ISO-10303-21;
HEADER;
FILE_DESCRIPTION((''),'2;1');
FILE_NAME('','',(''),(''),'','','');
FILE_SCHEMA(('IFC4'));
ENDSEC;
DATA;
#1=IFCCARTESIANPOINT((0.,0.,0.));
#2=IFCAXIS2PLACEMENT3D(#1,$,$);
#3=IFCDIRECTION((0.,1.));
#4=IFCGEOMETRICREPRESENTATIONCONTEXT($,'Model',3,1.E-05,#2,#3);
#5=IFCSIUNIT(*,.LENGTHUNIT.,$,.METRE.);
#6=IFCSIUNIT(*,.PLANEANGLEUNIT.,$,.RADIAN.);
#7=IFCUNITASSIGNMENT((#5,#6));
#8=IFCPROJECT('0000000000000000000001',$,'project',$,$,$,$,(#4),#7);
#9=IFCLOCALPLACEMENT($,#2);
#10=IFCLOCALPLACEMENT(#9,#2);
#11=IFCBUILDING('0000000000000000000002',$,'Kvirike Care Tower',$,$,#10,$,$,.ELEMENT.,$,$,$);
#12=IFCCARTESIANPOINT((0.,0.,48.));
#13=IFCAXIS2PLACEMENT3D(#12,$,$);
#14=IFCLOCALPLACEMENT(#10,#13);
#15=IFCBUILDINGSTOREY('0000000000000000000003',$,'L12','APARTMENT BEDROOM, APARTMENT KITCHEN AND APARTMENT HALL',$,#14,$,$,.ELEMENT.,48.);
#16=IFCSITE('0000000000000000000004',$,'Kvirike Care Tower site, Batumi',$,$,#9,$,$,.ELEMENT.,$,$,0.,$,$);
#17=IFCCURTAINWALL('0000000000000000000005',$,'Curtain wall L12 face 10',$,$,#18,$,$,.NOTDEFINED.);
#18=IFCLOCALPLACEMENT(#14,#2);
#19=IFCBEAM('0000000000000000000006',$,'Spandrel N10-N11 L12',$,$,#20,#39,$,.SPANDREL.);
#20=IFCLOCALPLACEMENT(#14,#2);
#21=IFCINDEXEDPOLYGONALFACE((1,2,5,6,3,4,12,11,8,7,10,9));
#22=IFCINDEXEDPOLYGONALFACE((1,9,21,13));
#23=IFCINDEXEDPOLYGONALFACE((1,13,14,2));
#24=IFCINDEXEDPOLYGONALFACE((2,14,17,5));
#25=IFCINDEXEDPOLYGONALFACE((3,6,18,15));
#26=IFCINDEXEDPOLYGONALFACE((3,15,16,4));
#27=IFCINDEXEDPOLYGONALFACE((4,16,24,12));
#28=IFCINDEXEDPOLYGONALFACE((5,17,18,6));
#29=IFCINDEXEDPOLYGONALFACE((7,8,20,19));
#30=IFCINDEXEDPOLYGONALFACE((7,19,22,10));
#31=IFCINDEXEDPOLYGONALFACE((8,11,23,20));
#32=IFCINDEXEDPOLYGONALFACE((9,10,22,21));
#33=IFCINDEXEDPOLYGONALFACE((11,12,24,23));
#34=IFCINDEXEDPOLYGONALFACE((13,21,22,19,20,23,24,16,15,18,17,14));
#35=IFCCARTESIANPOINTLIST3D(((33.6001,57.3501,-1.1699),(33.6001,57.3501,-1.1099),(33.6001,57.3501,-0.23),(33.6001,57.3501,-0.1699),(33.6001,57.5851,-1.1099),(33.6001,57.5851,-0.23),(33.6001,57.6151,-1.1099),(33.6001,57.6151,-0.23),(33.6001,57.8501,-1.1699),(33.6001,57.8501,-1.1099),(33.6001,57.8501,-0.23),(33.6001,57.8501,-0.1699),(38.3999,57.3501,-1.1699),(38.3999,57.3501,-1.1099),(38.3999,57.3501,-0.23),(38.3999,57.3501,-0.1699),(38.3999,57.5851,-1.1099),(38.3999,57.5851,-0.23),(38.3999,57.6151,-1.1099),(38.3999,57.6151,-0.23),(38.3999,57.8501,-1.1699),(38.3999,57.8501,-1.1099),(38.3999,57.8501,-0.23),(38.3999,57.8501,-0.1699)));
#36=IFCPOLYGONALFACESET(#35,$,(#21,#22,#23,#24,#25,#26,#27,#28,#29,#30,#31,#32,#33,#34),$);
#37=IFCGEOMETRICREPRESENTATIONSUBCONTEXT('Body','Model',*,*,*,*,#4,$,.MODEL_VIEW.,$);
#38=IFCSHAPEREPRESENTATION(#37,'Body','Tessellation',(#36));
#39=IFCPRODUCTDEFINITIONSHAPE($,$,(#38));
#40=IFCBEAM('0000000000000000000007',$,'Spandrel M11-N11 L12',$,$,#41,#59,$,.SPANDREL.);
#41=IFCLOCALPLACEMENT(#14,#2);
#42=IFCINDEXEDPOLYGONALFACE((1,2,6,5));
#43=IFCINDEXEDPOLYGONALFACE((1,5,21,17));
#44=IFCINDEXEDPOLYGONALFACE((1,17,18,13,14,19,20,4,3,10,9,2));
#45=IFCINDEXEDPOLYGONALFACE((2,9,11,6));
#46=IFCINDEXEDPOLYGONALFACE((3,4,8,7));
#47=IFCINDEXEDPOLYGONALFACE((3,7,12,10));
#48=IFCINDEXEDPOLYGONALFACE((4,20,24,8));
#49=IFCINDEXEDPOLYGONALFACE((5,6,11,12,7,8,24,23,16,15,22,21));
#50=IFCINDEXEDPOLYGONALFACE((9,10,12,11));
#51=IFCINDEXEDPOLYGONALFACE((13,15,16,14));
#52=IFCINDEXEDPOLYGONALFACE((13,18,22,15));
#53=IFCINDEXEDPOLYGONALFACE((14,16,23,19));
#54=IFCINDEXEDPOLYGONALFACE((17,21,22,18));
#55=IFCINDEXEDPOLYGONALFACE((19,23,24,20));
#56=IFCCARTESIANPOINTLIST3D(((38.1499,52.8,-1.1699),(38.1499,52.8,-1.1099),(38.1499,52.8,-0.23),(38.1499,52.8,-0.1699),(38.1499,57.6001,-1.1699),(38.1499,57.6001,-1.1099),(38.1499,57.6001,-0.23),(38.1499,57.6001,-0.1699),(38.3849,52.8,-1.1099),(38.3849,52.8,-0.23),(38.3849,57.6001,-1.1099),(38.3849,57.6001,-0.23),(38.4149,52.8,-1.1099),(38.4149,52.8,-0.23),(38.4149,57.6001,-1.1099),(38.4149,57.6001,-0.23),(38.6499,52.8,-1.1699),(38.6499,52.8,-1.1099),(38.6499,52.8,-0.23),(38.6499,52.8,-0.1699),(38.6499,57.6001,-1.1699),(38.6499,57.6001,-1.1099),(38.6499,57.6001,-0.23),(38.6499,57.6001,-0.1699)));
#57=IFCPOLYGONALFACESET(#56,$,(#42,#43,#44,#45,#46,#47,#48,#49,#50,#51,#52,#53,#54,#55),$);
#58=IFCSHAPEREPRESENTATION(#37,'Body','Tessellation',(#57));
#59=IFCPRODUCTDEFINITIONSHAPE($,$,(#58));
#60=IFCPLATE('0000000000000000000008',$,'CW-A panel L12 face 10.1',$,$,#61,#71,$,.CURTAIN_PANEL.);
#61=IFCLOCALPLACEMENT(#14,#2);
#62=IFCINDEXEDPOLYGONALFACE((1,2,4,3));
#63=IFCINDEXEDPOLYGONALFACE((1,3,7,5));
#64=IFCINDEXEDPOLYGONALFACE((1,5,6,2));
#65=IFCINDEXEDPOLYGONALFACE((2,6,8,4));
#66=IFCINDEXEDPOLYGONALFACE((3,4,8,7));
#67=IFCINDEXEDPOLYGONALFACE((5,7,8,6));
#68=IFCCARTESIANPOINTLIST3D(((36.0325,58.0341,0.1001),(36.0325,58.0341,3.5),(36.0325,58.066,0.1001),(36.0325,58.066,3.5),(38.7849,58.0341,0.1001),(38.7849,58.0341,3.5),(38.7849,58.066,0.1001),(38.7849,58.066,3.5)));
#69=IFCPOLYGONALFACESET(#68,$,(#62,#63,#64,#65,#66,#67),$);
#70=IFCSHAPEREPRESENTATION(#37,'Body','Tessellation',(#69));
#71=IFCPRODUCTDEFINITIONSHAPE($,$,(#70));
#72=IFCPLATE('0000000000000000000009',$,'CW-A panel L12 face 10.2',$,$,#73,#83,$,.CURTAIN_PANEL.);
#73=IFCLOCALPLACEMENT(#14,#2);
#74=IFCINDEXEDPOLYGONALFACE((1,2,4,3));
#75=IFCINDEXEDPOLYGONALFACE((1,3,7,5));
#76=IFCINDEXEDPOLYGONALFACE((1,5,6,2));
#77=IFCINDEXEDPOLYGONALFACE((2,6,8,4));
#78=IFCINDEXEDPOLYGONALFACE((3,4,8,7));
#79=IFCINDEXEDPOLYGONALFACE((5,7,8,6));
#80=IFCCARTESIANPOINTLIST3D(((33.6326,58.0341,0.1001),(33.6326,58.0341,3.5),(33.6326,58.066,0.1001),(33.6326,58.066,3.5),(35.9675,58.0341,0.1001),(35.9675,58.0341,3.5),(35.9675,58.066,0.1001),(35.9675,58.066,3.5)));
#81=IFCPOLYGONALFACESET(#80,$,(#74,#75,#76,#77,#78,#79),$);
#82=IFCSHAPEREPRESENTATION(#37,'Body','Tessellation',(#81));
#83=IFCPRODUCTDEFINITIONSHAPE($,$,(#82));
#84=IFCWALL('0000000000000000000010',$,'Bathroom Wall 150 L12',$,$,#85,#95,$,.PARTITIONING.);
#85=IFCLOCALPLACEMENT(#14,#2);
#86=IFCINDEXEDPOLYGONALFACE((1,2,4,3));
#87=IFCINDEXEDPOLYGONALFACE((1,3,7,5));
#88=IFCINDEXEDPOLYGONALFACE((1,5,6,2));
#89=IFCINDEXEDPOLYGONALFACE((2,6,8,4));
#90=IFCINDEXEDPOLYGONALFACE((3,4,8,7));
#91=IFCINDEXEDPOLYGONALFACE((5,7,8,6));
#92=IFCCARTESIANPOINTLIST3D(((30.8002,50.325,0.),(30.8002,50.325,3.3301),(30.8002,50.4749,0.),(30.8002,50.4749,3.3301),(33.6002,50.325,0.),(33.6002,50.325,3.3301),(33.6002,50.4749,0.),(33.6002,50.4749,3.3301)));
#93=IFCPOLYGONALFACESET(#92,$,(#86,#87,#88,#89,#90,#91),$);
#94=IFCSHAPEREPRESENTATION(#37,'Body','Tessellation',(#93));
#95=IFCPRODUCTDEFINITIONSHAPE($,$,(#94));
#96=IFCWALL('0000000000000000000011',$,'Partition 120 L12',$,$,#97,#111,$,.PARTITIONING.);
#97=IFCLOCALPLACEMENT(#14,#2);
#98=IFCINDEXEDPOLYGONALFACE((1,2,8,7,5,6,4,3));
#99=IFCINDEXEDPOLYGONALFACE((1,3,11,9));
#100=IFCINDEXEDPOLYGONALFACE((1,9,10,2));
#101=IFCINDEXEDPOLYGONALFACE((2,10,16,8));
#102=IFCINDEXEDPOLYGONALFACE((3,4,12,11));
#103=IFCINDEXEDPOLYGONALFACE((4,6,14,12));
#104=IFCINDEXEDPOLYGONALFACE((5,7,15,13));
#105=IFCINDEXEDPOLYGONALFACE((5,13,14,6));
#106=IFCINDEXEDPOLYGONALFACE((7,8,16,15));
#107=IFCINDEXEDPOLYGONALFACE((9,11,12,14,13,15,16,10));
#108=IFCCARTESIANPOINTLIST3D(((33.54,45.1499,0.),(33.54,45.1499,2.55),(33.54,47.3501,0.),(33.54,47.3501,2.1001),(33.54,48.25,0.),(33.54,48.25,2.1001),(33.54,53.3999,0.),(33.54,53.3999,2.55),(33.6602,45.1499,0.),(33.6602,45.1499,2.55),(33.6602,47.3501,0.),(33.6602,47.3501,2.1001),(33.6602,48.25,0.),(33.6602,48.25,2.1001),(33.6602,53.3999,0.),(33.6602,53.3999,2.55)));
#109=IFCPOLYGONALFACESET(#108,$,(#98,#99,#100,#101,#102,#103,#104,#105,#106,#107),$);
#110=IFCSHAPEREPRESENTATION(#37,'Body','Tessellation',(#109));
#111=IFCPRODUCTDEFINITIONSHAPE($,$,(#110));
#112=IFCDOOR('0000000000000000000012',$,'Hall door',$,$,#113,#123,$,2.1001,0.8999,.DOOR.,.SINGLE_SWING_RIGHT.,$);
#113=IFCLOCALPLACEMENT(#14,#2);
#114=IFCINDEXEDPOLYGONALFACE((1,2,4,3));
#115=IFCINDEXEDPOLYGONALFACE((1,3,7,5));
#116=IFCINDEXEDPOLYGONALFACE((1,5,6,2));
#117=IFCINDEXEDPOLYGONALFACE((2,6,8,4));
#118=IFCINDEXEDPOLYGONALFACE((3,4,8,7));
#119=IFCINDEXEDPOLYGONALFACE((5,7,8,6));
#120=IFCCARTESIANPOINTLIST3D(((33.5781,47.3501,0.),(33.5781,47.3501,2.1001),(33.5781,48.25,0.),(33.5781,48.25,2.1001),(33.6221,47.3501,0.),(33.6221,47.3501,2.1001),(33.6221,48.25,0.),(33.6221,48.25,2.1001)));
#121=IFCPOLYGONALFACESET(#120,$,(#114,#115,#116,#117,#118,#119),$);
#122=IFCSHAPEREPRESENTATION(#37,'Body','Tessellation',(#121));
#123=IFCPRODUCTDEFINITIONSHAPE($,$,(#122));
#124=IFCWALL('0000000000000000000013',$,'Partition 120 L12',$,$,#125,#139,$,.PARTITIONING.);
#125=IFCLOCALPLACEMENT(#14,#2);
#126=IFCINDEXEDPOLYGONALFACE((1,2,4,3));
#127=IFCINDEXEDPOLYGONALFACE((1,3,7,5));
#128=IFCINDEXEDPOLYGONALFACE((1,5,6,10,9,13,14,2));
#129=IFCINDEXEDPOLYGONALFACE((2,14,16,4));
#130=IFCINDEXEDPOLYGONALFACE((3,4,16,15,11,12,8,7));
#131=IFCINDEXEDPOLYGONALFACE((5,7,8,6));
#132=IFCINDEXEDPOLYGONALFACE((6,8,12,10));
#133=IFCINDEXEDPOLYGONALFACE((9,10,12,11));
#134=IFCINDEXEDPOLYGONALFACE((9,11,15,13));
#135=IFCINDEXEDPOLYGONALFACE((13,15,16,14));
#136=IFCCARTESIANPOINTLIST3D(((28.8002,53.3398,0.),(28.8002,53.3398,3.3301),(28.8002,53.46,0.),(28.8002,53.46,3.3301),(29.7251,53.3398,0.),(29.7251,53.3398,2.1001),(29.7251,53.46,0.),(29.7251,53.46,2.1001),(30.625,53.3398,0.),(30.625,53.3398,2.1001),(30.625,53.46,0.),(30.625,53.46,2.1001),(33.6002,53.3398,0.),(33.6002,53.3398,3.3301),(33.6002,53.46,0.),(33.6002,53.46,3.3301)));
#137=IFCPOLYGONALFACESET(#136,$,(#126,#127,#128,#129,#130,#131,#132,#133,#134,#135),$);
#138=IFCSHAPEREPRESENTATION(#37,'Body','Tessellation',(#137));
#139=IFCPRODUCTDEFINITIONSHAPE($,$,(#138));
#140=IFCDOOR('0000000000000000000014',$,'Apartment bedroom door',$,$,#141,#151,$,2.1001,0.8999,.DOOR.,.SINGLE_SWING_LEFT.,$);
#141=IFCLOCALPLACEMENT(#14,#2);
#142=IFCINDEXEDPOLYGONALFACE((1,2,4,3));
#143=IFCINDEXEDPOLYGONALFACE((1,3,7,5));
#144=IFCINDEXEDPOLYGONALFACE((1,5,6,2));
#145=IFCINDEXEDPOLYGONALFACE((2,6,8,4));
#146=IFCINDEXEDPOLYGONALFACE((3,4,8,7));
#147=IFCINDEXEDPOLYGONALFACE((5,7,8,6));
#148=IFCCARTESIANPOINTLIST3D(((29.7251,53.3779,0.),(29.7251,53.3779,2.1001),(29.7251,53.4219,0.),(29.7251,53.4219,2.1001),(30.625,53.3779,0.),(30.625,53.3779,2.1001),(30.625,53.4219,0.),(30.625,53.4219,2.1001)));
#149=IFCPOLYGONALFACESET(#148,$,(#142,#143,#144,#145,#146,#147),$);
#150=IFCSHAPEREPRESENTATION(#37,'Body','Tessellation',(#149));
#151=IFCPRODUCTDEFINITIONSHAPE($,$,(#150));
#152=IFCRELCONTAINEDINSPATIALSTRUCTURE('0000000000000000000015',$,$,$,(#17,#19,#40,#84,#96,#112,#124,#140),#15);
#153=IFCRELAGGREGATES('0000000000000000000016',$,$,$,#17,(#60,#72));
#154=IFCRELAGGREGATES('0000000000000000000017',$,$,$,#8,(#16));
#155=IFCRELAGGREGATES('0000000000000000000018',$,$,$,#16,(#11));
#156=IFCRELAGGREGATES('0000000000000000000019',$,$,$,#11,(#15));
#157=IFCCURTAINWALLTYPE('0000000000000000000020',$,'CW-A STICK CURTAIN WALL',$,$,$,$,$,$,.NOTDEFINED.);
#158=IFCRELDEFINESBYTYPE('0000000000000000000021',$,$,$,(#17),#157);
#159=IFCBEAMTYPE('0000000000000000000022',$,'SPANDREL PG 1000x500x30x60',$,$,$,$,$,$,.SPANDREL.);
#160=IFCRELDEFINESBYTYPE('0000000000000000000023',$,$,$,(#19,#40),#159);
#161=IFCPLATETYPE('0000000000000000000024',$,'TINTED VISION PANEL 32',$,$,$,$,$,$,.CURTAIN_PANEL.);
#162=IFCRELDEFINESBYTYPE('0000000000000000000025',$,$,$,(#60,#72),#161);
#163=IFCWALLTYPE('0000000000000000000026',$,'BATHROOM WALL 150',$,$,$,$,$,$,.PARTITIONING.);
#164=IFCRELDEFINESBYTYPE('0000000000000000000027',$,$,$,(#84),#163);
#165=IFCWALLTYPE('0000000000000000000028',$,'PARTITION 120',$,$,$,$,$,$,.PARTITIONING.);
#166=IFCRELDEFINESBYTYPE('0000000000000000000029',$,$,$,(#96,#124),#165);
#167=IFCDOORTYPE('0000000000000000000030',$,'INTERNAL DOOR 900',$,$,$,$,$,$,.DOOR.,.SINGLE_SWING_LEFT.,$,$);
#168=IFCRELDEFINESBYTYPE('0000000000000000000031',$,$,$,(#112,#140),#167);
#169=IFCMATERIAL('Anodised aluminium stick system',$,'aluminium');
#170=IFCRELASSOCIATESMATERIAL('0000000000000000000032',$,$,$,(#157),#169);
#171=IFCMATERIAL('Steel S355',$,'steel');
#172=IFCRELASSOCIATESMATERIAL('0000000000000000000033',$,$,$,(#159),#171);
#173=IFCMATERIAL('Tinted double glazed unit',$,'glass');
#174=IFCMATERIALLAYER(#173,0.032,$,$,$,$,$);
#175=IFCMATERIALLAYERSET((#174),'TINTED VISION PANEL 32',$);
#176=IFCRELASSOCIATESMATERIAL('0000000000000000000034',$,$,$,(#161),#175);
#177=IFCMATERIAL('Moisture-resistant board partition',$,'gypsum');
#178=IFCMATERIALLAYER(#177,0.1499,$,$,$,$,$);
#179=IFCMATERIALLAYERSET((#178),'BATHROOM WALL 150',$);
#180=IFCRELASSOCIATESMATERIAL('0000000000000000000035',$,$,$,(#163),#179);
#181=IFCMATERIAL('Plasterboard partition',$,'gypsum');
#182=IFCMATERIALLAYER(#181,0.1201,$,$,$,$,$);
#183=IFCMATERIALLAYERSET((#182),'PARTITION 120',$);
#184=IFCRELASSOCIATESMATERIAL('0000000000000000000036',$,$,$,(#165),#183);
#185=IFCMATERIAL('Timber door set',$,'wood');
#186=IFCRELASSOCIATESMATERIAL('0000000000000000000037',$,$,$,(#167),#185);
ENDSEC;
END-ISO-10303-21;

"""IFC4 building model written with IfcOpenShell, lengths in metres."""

from ifc_helpers import new_model, si_unit, direction, frame, frame_2d, origin, origin_2d, place, context, subcontext, project, spatial, rectangle, i_section, extrude, material, layer, layer_set, material_profile, profile_set, type_object, element, fill, aggregate, save


model = new_model("IFC4")

# Units and contexts
model_context = context("Model", 3, precision=1e-05, world=origin(), true_north=direction((0.0, 1.0)))
body_context = subcontext(model_context, "Body", "Model", "MODEL_VIEW")
ifc_project = project(units=[si_unit("LENGTHUNIT", "METRE"), si_unit("PLANEANGLEUNIT", "RADIAN")], contexts=[model_context])

# Site, building, storey
site_placement = place(None, origin())
site = spatial("IfcSite", under=ifc_project, at=site_placement, Name="Kvirike Care Tower site, Batumi", CompositionType="ELEMENT", RefElevation=0.0)
building_placement = place(site_placement, origin())
building = spatial("IfcBuilding", under=site, at=building_placement, Name="Kvirike Care Tower", CompositionType="ELEMENT")
storey_placement = place(building_placement, frame((0.0, 0.0, 48.0)))
storey = spatial("IfcBuildingStorey", under=building, at=storey_placement, Name="L12", Description="APARTMENT BEDROOM, APARTMENT KITCHEN AND APARTMENT HALL", CompositionType="ELEMENT", Elevation=48.0)

# Curtain wall
ifc_material_1 = material(Name="Anodised aluminium stick system", Category="aluminium")
curtain_wall_type = type_object("IfcCurtainWallType", Name="CW-A STICK CURTAIN WALL", PredefinedType="NOTDEFINED", material=ifc_material_1)
curtain_wall_placement = place(storey_placement, origin())
curtain_wall = element("IfcCurtainWall", 1, at=curtain_wall_placement, inside=storey, type_object=curtain_wall_type, Name="Curtain wall L12 face 10", PredefinedType="NOTDEFINED")

# Beams
ifc_material_2 = material(Name="Steel S355", Category="steel")
ifc_material_profile_1 = material_profile(ifc_material_2, i_section(OverallWidth=0.5, OverallDepth=1.0, WebThickness=0.03, FlangeThickness=0.0601, at=origin_2d()), Name="PG 1000x500x30x60")
ifc_profile_set_1 = profile_set([ifc_material_profile_1], Name="Steel S355")
beam_type = type_object("IfcBeamType", Name="SPANDREL PG 1000x500x30x60", PredefinedType="SPANDREL", material=ifc_profile_set_1)
beam_1_placement = place(storey_placement, frame((33.6001, 57.6001, -0.6699), z_axis=(1.0, 0.0, 0.0), x_axis=(0.0, 1.0, 0.0)))
element("IfcBeam", 2, at=beam_1_placement, inside=storey, type_object=beam_type, Name="Spandrel N10-N11 L12", PredefinedType="SPANDREL", context=body_context, shape_type="SweptSolid", body=[
    extrude(i_section(OverallWidth=0.5, OverallDepth=1.0, WebThickness=0.03, FlangeThickness=0.0601, at=origin_2d()), origin(), (0.0, 0.0, 1.0), 4.7998),
])
beam_2_placement = place(storey_placement, frame((38.3999, 52.8, -0.6699), z_axis=(0.0, 1.0, 0.0), x_axis=(-1.0, 0.0, 0.0)))
element("IfcBeam", 3, at=beam_2_placement, inside=storey, type_object=beam_type, Name="Spandrel M11-N11 L12", PredefinedType="SPANDREL", context=body_context, shape_type="SweptSolid", body=[
    extrude(i_section(OverallWidth=0.5, OverallDepth=1.0, WebThickness=0.03, FlangeThickness=0.0601, at=origin_2d()), origin(), (0.0, 0.0, 1.0), 4.8),
])

# Plates
ifc_material_3 = material(Name="Tinted double glazed unit", Category="glass")
ifc_layer_1 = layer(ifc_material_3, 0.032)
ifc_layer_set_1 = layer_set([ifc_layer_1], Name="TINTED VISION PANEL 32")
plate_type = type_object("IfcPlateType", Name="TINTED VISION PANEL 32", PredefinedType="CURTAIN_PANEL", material=ifc_layer_set_1)
plate_1_placement = place(storey_placement, frame((37.4087, 58.05, 0.1001), z_axis=(0.0, 0.0, 1.0), x_axis=(-1.0, 0.0, 0.0)))
plate_1 = element("IfcPlate", 4, at=plate_1_placement, type_object=plate_type, Name="CW-A panel L12 face 10.1", PredefinedType="CURTAIN_PANEL", context=body_context, shape_type="SweptSolid", body=[
    extrude(rectangle(XDim=2.7524, YDim=0.032, at=origin_2d()), origin(), (0.0, 0.0, 1.0), 3.3999),
])
plate_2_placement = place(storey_placement, frame((34.8, 58.05, 0.1001), z_axis=(0.0, 0.0, 1.0), x_axis=(-1.0, 0.0, 0.0)))
plate_2 = element("IfcPlate", 5, at=plate_2_placement, type_object=plate_type, Name="CW-A panel L12 face 10.2", PredefinedType="CURTAIN_PANEL", context=body_context, shape_type="SweptSolid", body=[
    extrude(rectangle(XDim=2.335, YDim=0.032, at=origin_2d()), origin(), (0.0, 0.0, 1.0), 3.3999),
])
aggregate(curtain_wall, [plate_1, plate_2])

# Wall
ifc_material_4 = material(Name="Moisture-resistant board partition", Category="gypsum")
ifc_layer_2 = layer(ifc_material_4, 0.1499)
ifc_layer_set_2 = layer_set([ifc_layer_2], Name="BATHROOM WALL 150")
wall_type_1 = type_object("IfcWallType", Name="BATHROOM WALL 150", PredefinedType="PARTITIONING", material=ifc_layer_set_2)
wall_1_placement = place(storey_placement, frame((33.6001, 50.3999, 0.0), z_axis=(0.0, 0.0, 1.0), x_axis=(-1.0, 0.0, 0.0)))
element("IfcWall", 6, at=wall_1_placement, inside=storey, type_object=wall_type_1, Name="Bathroom Wall 150 L12", PredefinedType="PARTITIONING", context=body_context, shape_type="SweptSolid", body=[
    extrude(rectangle(XDim=2.8, YDim=0.1499, at=frame_2d((1.3999, 0.0))), origin(), (0.0, 0.0, 1.0), 3.3301),
])

# Walls, openings, doors
ifc_material_5 = material(Name="Plasterboard partition", Category="gypsum")
ifc_layer_3 = layer(ifc_material_5, 0.1201)
ifc_layer_set_3 = layer_set([ifc_layer_3], Name="PARTITION 120")
wall_type_2 = type_object("IfcWallType", Name="PARTITION 120", PredefinedType="PARTITIONING", material=ifc_layer_set_3)
wall_2_placement = place(storey_placement, frame((33.6001, 53.3999, 0.0), z_axis=(0.0, 0.0, 1.0), x_axis=(0.0, -1.0, 0.0)))
wall_2 = element("IfcWall", 7, at=wall_2_placement, inside=storey, type_object=wall_type_2, Name="Partition 120 L12", PredefinedType="PARTITIONING", context=body_context, shape_type="SweptSolid", body=[
    extrude(rectangle(XDim=8.25, YDim=0.1201, at=frame_2d((4.125, 0.0))), origin(), (0.0, 0.0, 1.0), 2.55),
])
opening_1_placement = place(wall_2_placement, frame((5.1499, 0.0, 0.0)))
opening_1 = element("IfcOpeningElement", 8, at=opening_1_placement, cuts=wall_2, PredefinedType="OPENING", context=body_context, shape_type="SweptSolid", body=[
    extrude(rectangle(XDim=0.8999, YDim=2.1001, at=frame_2d((0.45, 1.05))), frame((0.0, 0.0706, 0.0), z_axis=(0.0, -1.0, 0.0), x_axis=(1.0, 0.0, 0.0)), (0.0, 0.0, 1.0), 0.1411),
])
ifc_material_6 = material(Name="Timber door set", Category="wood")
door_type = type_object("IfcDoorType", Name="INTERNAL DOOR 900", OperationType="SINGLE_SWING_LEFT", PredefinedType="DOOR", material=ifc_material_6)
door_1_placement = place(opening_1_placement, frame((0.8999, 0.0, 0.0), z_axis=(0.0, 0.0, 1.0), x_axis=(-1.0, 0.0, 0.0)))
door_1 = element("IfcDoor", 9, at=door_1_placement, inside=storey, type_object=door_type, Name="Hall door", OperationType="SINGLE_SWING_RIGHT", OverallHeight=2.1001, OverallWidth=0.8999, PredefinedType="DOOR", context=body_context, shape_type="SweptSolid", body=[
    extrude(rectangle(XDim=0.8999, YDim=2.1001, at=frame_2d((0.45, 1.05))), frame((0.0, 0.022, 0.0), z_axis=(0.0, -1.0, 0.0), x_axis=(1.0, 0.0, 0.0)), (0.0, 0.0, 1.0), 0.0439),
])
fill(opening_1, door_1)
wall_3_placement = place(storey_placement, frame((33.6001, 53.3999, 0.0), z_axis=(0.0, 0.0, 1.0), x_axis=(-1.0, 0.0, 0.0)))
wall_3 = element("IfcWall", 10, at=wall_3_placement, inside=storey, type_object=wall_type_2, Name="Partition 120 L12", PredefinedType="PARTITIONING", context=body_context, shape_type="SweptSolid", body=[
    extrude(rectangle(XDim=4.8, YDim=0.1201, at=frame_2d((2.3999, 0.0))), origin(), (0.0, 0.0, 1.0), 3.3301),
])
opening_2_placement = place(wall_3_placement, frame((2.9751, 0.0, 0.0)))
opening_2 = element("IfcOpeningElement", 11, at=opening_2_placement, cuts=wall_3, PredefinedType="OPENING", context=body_context, shape_type="SweptSolid", body=[
    extrude(rectangle(XDim=0.8999, YDim=2.1001, at=frame_2d((0.45, 1.05))), frame((0.0, 0.0706, 0.0), z_axis=(0.0, -1.0, 0.0), x_axis=(1.0, 0.0, 0.0)), (0.0, 0.0, 1.0), 0.1411),
])
door_2_placement = place(opening_2_placement, frame((0.8999, 0.0, 0.0), z_axis=(0.0, 0.0, 1.0), x_axis=(-1.0, 0.0, 0.0)))
door_2 = element("IfcDoor", 12, at=door_2_placement, inside=storey, type_object=door_type, Name="Apartment bedroom door", OperationType="SINGLE_SWING_LEFT", OverallHeight=2.1001, OverallWidth=0.8999, PredefinedType="DOOR", context=body_context, shape_type="SweptSolid", body=[
    extrude(rectangle(XDim=0.8999, YDim=2.1001, at=frame_2d((0.45, 1.05))), frame((0.0, 0.022, 0.0), z_axis=(0.0, -1.0, 0.0), x_axis=(1.0, 0.0, 0.0)), (0.0, 0.0, 1.0), 0.0439),
])
fill(opening_2, door_2)

save(model, "model.ifc")
